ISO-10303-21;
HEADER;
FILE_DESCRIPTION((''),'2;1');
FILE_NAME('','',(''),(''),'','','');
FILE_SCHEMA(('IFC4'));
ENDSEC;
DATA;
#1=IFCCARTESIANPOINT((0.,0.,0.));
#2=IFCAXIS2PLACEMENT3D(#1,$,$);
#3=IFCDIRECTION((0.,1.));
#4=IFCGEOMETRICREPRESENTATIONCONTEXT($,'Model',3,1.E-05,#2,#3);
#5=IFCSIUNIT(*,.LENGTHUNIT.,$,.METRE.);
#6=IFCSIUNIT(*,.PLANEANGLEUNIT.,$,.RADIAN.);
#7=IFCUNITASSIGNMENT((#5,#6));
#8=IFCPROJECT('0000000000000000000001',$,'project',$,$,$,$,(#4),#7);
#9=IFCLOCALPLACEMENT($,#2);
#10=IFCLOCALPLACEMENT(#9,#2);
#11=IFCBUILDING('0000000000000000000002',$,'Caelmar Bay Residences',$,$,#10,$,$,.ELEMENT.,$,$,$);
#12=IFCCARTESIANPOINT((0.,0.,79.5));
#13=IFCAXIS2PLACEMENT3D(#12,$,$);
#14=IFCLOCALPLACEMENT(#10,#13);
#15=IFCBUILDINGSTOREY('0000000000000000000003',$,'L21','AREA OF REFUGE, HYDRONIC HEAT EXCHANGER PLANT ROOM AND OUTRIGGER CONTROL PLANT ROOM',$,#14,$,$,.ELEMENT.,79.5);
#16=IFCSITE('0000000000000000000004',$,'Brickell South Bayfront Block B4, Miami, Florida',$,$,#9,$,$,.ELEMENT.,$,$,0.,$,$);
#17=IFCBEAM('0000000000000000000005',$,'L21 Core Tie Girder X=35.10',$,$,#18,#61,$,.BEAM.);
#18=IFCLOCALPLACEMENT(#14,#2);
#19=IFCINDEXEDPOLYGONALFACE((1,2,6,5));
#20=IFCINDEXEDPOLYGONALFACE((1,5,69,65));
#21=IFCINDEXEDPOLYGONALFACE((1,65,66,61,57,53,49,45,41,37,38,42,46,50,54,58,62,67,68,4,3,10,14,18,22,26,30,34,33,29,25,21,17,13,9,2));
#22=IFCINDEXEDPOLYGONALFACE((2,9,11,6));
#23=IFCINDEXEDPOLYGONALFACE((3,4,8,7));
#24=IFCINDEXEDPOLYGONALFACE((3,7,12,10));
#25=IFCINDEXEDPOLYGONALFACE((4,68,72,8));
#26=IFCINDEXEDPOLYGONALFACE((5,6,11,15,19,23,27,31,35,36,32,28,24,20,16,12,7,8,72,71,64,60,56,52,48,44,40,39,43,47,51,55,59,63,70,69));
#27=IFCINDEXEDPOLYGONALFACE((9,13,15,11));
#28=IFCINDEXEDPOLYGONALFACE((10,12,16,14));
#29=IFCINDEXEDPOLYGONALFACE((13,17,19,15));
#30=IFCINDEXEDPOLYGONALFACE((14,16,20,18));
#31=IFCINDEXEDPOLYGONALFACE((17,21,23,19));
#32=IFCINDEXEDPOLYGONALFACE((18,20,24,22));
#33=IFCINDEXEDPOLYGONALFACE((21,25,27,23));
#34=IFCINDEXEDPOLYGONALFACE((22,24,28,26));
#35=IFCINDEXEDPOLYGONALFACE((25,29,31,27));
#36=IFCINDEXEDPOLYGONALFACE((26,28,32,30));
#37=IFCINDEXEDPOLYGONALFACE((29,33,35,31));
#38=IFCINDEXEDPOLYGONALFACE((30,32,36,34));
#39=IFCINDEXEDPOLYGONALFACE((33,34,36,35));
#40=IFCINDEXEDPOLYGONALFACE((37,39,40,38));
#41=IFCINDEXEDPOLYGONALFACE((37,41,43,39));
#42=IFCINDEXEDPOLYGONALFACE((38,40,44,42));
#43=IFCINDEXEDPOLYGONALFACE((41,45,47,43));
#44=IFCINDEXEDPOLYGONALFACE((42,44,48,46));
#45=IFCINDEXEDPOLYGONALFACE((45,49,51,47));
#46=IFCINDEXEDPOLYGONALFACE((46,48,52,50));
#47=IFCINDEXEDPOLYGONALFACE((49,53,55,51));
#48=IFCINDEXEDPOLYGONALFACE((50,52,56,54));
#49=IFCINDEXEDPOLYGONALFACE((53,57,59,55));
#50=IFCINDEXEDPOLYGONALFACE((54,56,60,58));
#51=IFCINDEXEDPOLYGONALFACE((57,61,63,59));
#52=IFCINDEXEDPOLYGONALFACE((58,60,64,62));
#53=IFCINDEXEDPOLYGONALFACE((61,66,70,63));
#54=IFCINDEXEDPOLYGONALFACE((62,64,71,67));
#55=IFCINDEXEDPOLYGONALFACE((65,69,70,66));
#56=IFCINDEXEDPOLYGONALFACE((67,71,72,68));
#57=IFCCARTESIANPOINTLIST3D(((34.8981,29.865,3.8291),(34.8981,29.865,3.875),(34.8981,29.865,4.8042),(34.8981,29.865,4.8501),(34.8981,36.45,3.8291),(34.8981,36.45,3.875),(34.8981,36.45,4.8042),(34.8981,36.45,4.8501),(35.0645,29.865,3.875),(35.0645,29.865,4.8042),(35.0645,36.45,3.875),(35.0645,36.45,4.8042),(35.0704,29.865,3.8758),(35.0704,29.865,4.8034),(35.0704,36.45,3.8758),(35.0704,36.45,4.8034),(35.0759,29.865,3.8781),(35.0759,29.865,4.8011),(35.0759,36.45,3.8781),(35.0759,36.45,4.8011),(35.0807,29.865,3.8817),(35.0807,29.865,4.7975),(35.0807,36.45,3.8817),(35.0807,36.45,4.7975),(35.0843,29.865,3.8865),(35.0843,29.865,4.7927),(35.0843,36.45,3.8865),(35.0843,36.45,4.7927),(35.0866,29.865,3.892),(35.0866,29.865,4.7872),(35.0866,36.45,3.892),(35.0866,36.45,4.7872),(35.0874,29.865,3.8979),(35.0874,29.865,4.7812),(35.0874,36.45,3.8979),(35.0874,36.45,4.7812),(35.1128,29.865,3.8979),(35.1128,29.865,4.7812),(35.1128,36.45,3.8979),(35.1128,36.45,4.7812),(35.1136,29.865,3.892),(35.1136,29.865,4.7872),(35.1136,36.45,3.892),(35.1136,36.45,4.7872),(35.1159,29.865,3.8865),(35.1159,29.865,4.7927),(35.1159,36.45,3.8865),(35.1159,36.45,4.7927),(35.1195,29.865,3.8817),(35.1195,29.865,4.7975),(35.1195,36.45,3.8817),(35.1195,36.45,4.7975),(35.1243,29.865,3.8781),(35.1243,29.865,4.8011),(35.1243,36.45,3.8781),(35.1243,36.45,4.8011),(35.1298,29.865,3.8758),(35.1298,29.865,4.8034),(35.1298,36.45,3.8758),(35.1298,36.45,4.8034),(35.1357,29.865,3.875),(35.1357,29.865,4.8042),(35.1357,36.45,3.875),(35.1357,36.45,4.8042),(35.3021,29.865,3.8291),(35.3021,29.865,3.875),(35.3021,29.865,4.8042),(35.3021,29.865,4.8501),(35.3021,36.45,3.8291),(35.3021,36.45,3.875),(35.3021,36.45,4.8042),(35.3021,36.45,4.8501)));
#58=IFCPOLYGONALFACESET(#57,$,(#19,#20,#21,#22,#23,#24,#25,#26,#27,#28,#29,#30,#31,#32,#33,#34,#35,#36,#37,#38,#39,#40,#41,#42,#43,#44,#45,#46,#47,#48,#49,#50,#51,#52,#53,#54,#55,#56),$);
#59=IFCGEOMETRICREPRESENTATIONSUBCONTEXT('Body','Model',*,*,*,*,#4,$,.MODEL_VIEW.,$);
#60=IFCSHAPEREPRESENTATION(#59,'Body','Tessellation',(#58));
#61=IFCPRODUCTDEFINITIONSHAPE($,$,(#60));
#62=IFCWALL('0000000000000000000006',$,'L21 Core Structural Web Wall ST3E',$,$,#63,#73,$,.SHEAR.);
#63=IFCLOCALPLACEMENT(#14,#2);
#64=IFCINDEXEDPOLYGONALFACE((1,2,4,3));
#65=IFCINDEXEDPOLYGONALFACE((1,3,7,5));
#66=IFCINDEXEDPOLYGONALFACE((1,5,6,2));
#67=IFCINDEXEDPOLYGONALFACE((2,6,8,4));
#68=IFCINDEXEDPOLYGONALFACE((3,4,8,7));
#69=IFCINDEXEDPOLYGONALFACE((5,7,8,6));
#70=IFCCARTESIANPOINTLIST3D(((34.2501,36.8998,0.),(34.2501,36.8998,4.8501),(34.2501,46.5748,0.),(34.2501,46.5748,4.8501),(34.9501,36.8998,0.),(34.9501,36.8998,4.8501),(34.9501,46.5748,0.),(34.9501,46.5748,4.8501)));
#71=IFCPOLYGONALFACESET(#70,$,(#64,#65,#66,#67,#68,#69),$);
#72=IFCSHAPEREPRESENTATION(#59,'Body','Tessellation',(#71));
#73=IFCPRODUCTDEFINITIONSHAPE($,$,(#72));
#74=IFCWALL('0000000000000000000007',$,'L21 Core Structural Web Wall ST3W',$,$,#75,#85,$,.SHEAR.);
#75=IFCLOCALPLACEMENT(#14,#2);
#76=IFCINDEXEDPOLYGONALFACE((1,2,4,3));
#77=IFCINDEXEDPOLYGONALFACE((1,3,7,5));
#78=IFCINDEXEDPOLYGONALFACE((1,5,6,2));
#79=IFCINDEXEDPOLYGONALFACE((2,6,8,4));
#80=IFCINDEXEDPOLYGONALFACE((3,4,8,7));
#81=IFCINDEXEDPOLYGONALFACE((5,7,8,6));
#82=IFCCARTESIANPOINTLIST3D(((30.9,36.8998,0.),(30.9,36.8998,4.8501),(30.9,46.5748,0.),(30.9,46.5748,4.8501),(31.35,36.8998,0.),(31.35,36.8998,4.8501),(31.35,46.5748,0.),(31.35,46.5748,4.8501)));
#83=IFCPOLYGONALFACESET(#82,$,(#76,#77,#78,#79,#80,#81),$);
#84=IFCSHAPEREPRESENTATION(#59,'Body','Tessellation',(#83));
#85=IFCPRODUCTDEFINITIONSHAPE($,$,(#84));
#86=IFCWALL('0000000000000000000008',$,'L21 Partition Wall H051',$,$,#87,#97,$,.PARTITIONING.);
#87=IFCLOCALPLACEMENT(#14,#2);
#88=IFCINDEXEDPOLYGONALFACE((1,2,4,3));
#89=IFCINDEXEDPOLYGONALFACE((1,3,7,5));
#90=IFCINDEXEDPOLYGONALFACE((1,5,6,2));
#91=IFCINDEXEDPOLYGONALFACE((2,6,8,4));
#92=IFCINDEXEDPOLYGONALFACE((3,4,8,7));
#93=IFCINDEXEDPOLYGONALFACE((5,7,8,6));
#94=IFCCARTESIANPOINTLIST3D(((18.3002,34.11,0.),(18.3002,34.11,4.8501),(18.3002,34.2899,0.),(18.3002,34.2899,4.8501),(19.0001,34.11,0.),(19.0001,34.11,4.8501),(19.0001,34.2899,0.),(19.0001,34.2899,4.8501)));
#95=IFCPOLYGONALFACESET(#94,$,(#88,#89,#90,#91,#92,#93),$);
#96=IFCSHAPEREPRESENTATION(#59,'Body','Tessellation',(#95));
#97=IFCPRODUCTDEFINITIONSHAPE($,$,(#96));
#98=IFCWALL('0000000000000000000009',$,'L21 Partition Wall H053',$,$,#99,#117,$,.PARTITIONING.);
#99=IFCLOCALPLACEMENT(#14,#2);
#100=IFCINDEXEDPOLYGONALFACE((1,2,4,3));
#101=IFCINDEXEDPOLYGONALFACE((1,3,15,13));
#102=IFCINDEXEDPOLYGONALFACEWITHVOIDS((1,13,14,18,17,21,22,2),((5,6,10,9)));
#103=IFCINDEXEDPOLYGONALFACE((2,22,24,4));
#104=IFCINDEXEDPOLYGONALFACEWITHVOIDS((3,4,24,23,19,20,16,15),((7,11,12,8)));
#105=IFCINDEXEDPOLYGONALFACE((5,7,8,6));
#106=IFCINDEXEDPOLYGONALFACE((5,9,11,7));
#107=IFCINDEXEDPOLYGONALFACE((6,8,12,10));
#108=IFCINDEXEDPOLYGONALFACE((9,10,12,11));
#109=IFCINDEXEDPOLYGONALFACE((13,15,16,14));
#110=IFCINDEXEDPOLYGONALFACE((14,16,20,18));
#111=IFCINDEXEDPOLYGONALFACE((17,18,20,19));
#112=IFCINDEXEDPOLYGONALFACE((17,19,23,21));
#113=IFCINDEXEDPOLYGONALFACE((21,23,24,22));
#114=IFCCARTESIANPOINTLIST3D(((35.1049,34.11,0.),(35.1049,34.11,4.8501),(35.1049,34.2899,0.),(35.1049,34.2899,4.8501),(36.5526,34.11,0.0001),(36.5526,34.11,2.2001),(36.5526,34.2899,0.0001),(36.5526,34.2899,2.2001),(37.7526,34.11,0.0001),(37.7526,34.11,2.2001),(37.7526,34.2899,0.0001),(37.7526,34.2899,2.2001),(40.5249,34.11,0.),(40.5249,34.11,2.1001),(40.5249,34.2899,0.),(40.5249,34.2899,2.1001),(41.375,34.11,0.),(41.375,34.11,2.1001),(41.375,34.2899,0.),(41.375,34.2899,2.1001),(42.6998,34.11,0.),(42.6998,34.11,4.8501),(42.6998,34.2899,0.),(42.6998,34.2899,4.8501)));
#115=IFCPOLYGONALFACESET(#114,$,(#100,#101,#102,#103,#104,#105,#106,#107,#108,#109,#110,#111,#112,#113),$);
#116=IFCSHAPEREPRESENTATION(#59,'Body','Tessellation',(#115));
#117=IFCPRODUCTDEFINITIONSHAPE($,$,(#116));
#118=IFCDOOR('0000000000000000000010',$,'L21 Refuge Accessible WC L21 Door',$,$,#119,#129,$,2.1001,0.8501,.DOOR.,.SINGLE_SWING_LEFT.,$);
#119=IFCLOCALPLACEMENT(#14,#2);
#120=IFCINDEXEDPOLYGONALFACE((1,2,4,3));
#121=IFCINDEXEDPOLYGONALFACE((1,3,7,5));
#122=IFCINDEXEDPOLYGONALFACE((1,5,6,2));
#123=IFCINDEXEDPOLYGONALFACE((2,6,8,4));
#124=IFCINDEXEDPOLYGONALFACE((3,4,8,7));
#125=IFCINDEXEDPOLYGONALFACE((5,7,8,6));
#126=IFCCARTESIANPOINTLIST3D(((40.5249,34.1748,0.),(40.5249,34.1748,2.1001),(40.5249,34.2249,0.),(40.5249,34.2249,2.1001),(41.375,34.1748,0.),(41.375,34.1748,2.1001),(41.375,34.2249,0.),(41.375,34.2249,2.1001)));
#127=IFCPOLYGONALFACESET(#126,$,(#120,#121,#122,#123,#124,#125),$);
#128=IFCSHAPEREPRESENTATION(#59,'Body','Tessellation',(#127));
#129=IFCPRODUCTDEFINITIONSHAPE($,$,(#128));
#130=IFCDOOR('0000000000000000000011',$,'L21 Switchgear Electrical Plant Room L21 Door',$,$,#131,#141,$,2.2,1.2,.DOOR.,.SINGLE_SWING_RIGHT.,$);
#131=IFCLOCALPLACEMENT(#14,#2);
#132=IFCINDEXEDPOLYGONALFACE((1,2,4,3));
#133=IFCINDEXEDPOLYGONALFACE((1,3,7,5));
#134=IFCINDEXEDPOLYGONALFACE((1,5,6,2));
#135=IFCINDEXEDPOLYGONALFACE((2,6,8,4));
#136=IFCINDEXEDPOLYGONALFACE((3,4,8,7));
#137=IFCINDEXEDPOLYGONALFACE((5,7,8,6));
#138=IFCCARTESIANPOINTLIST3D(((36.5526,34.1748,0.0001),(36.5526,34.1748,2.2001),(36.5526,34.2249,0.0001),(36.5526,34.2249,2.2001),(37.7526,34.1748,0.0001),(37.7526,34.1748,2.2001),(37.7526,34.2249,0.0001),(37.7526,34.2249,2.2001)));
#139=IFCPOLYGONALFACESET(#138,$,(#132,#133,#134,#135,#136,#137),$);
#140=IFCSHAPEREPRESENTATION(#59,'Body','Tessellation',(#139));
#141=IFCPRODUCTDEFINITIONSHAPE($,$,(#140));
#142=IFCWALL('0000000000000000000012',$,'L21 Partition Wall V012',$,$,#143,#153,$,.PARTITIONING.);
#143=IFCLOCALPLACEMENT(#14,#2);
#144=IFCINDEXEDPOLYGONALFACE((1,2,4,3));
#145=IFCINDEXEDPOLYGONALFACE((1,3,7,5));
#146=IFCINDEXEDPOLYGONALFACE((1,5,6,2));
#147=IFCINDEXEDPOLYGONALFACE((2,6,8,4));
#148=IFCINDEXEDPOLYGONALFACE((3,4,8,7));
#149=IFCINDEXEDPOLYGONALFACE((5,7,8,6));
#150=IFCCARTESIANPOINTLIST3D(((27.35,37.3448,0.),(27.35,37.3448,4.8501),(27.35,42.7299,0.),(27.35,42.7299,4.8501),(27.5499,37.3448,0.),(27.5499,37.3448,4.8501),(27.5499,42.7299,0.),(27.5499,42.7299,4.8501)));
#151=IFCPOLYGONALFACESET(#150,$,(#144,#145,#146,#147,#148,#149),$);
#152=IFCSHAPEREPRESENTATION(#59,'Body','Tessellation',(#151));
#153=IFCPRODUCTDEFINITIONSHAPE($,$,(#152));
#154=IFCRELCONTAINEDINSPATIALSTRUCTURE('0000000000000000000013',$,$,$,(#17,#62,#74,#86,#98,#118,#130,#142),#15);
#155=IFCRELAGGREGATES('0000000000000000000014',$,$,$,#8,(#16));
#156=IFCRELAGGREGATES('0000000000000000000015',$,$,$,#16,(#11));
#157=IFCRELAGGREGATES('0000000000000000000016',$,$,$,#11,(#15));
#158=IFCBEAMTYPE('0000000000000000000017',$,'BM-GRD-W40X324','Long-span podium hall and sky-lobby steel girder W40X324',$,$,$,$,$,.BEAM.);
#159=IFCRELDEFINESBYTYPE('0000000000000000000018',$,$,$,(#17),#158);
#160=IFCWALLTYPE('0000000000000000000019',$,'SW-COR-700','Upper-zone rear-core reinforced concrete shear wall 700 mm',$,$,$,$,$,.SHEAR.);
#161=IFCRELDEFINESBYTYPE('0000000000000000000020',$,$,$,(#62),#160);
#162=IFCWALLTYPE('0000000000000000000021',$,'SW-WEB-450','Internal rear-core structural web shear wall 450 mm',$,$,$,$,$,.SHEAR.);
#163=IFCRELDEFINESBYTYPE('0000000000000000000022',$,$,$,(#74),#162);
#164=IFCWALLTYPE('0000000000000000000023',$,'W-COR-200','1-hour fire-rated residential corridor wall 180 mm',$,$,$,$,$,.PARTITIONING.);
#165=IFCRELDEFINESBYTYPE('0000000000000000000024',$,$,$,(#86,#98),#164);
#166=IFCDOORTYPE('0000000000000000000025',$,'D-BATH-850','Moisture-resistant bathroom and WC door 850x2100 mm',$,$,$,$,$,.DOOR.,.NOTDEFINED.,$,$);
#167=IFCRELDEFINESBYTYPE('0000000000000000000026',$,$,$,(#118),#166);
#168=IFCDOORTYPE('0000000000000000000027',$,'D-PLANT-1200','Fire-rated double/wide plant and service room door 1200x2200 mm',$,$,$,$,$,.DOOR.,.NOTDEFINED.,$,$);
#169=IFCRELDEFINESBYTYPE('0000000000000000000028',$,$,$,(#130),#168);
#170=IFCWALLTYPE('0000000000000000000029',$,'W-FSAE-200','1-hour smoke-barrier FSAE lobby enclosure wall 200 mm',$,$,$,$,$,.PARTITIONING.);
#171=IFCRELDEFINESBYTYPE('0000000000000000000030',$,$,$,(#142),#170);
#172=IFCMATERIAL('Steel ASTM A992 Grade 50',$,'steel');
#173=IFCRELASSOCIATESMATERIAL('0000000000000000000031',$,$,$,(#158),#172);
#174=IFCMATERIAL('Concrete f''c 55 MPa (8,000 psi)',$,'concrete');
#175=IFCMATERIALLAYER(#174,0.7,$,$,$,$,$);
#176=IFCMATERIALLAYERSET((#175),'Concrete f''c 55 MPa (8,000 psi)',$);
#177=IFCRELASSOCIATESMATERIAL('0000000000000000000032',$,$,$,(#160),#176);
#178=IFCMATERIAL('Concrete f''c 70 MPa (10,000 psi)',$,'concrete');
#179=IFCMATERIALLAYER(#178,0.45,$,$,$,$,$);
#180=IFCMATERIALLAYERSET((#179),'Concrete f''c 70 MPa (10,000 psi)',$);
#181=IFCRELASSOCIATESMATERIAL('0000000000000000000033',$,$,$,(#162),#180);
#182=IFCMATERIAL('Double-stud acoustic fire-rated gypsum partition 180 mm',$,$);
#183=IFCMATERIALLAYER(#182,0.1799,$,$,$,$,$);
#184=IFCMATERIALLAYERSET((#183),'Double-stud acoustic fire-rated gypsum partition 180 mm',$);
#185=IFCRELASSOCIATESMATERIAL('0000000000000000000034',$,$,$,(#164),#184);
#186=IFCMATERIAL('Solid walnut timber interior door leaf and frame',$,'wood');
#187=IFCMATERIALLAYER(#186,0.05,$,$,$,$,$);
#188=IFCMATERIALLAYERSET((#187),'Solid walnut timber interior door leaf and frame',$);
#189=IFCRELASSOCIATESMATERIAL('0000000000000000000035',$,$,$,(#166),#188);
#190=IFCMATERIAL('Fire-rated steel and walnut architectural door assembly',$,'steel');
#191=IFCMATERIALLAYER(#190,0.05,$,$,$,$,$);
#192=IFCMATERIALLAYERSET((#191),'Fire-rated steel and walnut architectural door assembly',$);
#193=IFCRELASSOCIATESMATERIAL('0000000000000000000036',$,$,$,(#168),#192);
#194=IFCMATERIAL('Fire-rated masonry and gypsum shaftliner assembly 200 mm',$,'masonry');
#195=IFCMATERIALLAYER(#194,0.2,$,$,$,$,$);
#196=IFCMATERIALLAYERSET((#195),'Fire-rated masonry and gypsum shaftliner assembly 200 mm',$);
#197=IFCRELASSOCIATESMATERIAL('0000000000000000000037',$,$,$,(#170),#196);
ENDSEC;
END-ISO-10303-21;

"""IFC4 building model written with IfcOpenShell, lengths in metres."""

from ifc_helpers import new_model, si_unit, direction, frame, frame_2d, origin, origin_2d, place, context, subcontext, project, spatial, rectangle, i_section, extrude, material, layer, layer_set, material_profile, profile_set, type_object, element, fill, save


model = new_model("IFC4")

# Units and contexts
model_context = context("Model", 3, precision=1e-05, world=origin(), true_north=direction((0.0, 1.0)))
body_context = subcontext(model_context, "Body", "Model", "MODEL_VIEW")
ifc_project = project(units=[si_unit("LENGTHUNIT", "METRE"), si_unit("PLANEANGLEUNIT", "RADIAN")], contexts=[model_context])

# Site, building, storey
site_placement = place(None, origin())
site = spatial("IfcSite", under=ifc_project, at=site_placement, Name="Brickell South Bayfront Block B4, Miami, Florida", CompositionType="ELEMENT", RefElevation=0.0)
building_placement = place(site_placement, origin())
building = spatial("IfcBuilding", under=site, at=building_placement, Name="Caelmar Bay Residences", CompositionType="ELEMENT")
storey_placement = place(building_placement, frame((0.0, 0.0, 79.5)))
storey = spatial("IfcBuildingStorey", under=building, at=storey_placement, Name="L21", Description="AREA OF REFUGE, HYDRONIC HEAT EXCHANGER PLANT ROOM AND OUTRIGGER CONTROL PLANT ROOM", CompositionType="ELEMENT", Elevation=79.5)

# Beam
ifc_material_1 = material(Name="Steel ASTM A992 Grade 50", Category="steel")
ifc_material_profile = material_profile(ifc_material_1, i_section(OverallWidth=0.4041, OverallDepth=1.021, WebThickness=0.0254, FlangeThickness=0.0459, FilletRadius=0.0229, at=origin_2d()), Name="W40X324")
ifc_profile_set = profile_set([ifc_material_profile], Name="Steel ASTM A992 Grade 50")
beam_type = type_object("IfcBeamType", Name="BM-GRD-W40X324", Description="Long-span podium hall and sky-lobby steel girder W40X324", PredefinedType="BEAM", material=ifc_profile_set)
beam_placement = place(storey_placement, frame((35.1001, 29.865, 4.3396), z_axis=(0.0, 1.0, 0.0), x_axis=(-1.0, 0.0, 0.0)))
element("IfcBeam", 1, at=beam_placement, inside=storey, type_object=beam_type, Name="L21 Core Tie Girder X=35.10", PredefinedType="BEAM", context=body_context, shape_type="SweptSolid", body=[
    extrude(i_section(OverallWidth=0.4041, OverallDepth=1.021, WebThickness=0.0254, FlangeThickness=0.0459, FilletRadius=0.0229, at=origin_2d()), origin(), (0.0, 0.0, 1.0), 6.585),
])

# Shared definitions
ifc_material_2 = material(Name="Concrete f'c 55 MPa (8,000 psi)", Category="concrete")
ifc_layer_1 = layer(ifc_material_2, 0.7)
ifc_layer_set_1 = layer_set([ifc_layer_1], Name="Concrete f'c 55 MPa (8,000 psi)")
wall_type_1 = type_object("IfcWallType", Name="SW-COR-700", Description="Upper-zone rear-core reinforced concrete shear wall 700 mm", PredefinedType="SHEAR", material=ifc_layer_set_1)
ifc_material_3 = material(Name="Fire-rated steel and walnut architectural door assembly", Category="steel")

# Walls
wall_1_placement = place(storey_placement, frame((34.6001, 36.8999, 0.0), z_axis=(0.0, 0.0, 1.0), x_axis=(0.0, 1.0, 0.0)))
element("IfcWall", 2, at=wall_1_placement, inside=storey, type_object=wall_type_1, Name="L21 Core Structural Web Wall ST3E", PredefinedType="SHEAR", context=body_context, shape_type="SweptSolid", body=[
    extrude(rectangle(XDim=9.675, YDim=0.7, at=frame_2d((4.8374, 0.0))), origin(), (0.0, 0.0, 1.0), 4.8501),
])
ifc_material_4 = material(Name="Concrete f'c 70 MPa (10,000 psi)", Category="concrete")
ifc_layer_2 = layer(ifc_material_4, 0.45)
ifc_layer_set_2 = layer_set([ifc_layer_2], Name="Concrete f'c 70 MPa (10,000 psi)")
wall_type_2 = type_object("IfcWallType", Name="SW-WEB-450", Description="Internal rear-core structural web shear wall 450 mm", PredefinedType="SHEAR", material=ifc_layer_set_2)
wall_2_placement = place(storey_placement, frame((31.125, 36.8999, 0.0), z_axis=(0.0, 0.0, 1.0), x_axis=(0.0, 1.0, 0.0)))
element("IfcWall", 3, at=wall_2_placement, inside=storey, type_object=wall_type_2, Name="L21 Core Structural Web Wall ST3W", PredefinedType="SHEAR", context=body_context, shape_type="SweptSolid", body=[
    extrude(rectangle(XDim=9.675, YDim=0.45, at=frame_2d((4.8374, 0.0))), origin(), (0.0, 0.0, 1.0), 4.8501),
])
ifc_material_5 = material(Name="Double-stud acoustic fire-rated gypsum partition 180 mm")
ifc_layer_3 = layer(ifc_material_5, 0.1799)
ifc_layer_set_3 = layer_set([ifc_layer_3], Name="Double-stud acoustic fire-rated gypsum partition 180 mm")
wall_type_3 = type_object("IfcWallType", Name="W-COR-200", Description="1-hour fire-rated residential corridor wall 180 mm", PredefinedType="PARTITIONING", material=ifc_layer_set_3)
wall_3_placement = place(storey_placement, frame((18.3, 34.2, 0.0), z_axis=(0.0, 0.0, 1.0), x_axis=(1.0, 0.0, 0.0)))
element("IfcWall", 4, at=wall_3_placement, inside=storey, type_object=wall_type_3, Name="L21 Partition Wall H051", PredefinedType="PARTITIONING", context=body_context, shape_type="SweptSolid", body=[
    extrude(rectangle(XDim=0.7, YDim=0.1799, at=frame_2d((0.3501, 0.0))), origin(), (0.0, 0.0, 1.0), 4.8501),
])

# Wall, openings, doors
wall_4_placement = place(storey_placement, frame((35.105, 34.2, 0.0), z_axis=(0.0, 0.0, 1.0), x_axis=(1.0, 0.0, 0.0)))
wall_4 = element("IfcWall", 5, at=wall_4_placement, inside=storey, type_object=wall_type_3, Name="L21 Partition Wall H053", PredefinedType="PARTITIONING", context=body_context, shape_type="SweptSolid", body=[
    extrude(rectangle(XDim=7.595, YDim=0.1799, at=frame_2d((3.7974, 0.0))), origin(), (0.0, 0.0, 1.0), 4.8501),
])
opening_1_placement = place(wall_4_placement, frame((1.4475, 0.0, 0.0)))
opening_1 = element("IfcOpeningElement", 6, at=opening_1_placement, cuts=wall_4, PredefinedType="OPENING", context=body_context, shape_type="SweptSolid", body=[
    extrude(rectangle(XDim=1.2, YDim=2.2, at=frame_2d((0.6001, 1.1001))), frame((0.0, 0.0999, 0.0), z_axis=(0.0, -1.0, 0.0), x_axis=(1.0, 0.0, 0.0)), (0.0, 0.0, 1.0), 0.2),
])
opening_2_placement = place(wall_4_placement, frame((5.4199, 0.0, 0.0)))
opening_2 = element("IfcOpeningElement", 7, at=opening_2_placement, cuts=wall_4, PredefinedType="OPENING", context=body_context, shape_type="SweptSolid", body=[
    extrude(rectangle(XDim=0.8501, YDim=2.1001, at=frame_2d((0.425, 1.05))), frame((0.0, 0.0999, 0.0), z_axis=(0.0, -1.0, 0.0), x_axis=(1.0, 0.0, 0.0)), (0.0, 0.0, 1.0), 0.2),
])
ifc_material_6 = material(Name="Solid walnut timber interior door leaf and frame", Category="wood")
ifc_layer_4 = layer(ifc_material_6, 0.05)
ifc_layer_set_4 = layer_set([ifc_layer_4], Name="Solid walnut timber interior door leaf and frame")
door_type_1 = type_object("IfcDoorType", Name="D-BATH-850", Description="Moisture-resistant bathroom and WC door 850x2100 mm", OperationType="NOTDEFINED", PredefinedType="DOOR", material=ifc_layer_set_4)
door_1_placement = place(opening_2_placement, origin())
door_1 = element("IfcDoor", 8, at=door_1_placement, inside=storey, type_object=door_type_1, Name="L21 Refuge Accessible WC L21 Door", OperationType="SINGLE_SWING_LEFT", OverallHeight=2.1001, OverallWidth=0.8501, PredefinedType="DOOR", context=body_context, shape_type="SweptSolid", body=[
    extrude(rectangle(XDim=0.8501, YDim=2.1001, at=frame_2d((0.425, 1.05))), frame((0.0, 0.0249, 0.0), z_axis=(0.0, -1.0, 0.0), x_axis=(1.0, 0.0, 0.0)), (0.0, 0.0, 1.0), 0.05),
])
fill(opening_2, door_1)
ifc_layer_5 = layer(ifc_material_3, 0.05)
ifc_layer_set_5 = layer_set([ifc_layer_5], Name="Fire-rated steel and walnut architectural door assembly")
door_type_2 = type_object("IfcDoorType", Name="D-PLANT-1200", Description="Fire-rated double/wide plant and service room door 1200x2200 mm", OperationType="NOTDEFINED", PredefinedType="DOOR", material=ifc_layer_set_5)
door_2_placement = place(opening_1_placement, origin())
door_2 = element("IfcDoor", 9, at=door_2_placement, inside=storey, type_object=door_type_2, Name="L21 Switchgear Electrical Plant Room L21 Door", OperationType="SINGLE_SWING_RIGHT", OverallHeight=2.2, OverallWidth=1.2, PredefinedType="DOOR", context=body_context, shape_type="SweptSolid", body=[
    extrude(rectangle(XDim=1.2, YDim=2.2, at=frame_2d((0.6001, 1.1001))), frame((0.0, 0.0249, 0.0), z_axis=(0.0, -1.0, 0.0), x_axis=(1.0, 0.0, 0.0)), (0.0, 0.0, 1.0), 0.05),
])
fill(opening_1, door_2)

# Wall
ifc_material_7 = material(Name="Fire-rated masonry and gypsum shaftliner assembly 200 mm", Category="masonry")
ifc_layer_6 = layer(ifc_material_7, 0.2)
ifc_layer_set_6 = layer_set([ifc_layer_6], Name="Fire-rated masonry and gypsum shaftliner assembly 200 mm")
wall_type_4 = type_object("IfcWallType", Name="W-FSAE-200", Description="1-hour smoke-barrier FSAE lobby enclosure wall 200 mm", PredefinedType="PARTITIONING", material=ifc_layer_set_6)
wall_5_placement = place(storey_placement, frame((27.45, 37.345, 0.0), z_axis=(0.0, 0.0, 1.0), x_axis=(0.0, 1.0, 0.0)))
element("IfcWall", 10, at=wall_5_placement, inside=storey, type_object=wall_type_4, Name="L21 Partition Wall V012", PredefinedType="PARTITIONING", context=body_context, shape_type="SweptSolid", body=[
    extrude(rectangle(XDim=5.385, YDim=0.2, at=frame_2d((2.6924, 0.0))), origin(), (0.0, 0.0, 1.0), 4.8501),
])

save(model, "model.ifc")
